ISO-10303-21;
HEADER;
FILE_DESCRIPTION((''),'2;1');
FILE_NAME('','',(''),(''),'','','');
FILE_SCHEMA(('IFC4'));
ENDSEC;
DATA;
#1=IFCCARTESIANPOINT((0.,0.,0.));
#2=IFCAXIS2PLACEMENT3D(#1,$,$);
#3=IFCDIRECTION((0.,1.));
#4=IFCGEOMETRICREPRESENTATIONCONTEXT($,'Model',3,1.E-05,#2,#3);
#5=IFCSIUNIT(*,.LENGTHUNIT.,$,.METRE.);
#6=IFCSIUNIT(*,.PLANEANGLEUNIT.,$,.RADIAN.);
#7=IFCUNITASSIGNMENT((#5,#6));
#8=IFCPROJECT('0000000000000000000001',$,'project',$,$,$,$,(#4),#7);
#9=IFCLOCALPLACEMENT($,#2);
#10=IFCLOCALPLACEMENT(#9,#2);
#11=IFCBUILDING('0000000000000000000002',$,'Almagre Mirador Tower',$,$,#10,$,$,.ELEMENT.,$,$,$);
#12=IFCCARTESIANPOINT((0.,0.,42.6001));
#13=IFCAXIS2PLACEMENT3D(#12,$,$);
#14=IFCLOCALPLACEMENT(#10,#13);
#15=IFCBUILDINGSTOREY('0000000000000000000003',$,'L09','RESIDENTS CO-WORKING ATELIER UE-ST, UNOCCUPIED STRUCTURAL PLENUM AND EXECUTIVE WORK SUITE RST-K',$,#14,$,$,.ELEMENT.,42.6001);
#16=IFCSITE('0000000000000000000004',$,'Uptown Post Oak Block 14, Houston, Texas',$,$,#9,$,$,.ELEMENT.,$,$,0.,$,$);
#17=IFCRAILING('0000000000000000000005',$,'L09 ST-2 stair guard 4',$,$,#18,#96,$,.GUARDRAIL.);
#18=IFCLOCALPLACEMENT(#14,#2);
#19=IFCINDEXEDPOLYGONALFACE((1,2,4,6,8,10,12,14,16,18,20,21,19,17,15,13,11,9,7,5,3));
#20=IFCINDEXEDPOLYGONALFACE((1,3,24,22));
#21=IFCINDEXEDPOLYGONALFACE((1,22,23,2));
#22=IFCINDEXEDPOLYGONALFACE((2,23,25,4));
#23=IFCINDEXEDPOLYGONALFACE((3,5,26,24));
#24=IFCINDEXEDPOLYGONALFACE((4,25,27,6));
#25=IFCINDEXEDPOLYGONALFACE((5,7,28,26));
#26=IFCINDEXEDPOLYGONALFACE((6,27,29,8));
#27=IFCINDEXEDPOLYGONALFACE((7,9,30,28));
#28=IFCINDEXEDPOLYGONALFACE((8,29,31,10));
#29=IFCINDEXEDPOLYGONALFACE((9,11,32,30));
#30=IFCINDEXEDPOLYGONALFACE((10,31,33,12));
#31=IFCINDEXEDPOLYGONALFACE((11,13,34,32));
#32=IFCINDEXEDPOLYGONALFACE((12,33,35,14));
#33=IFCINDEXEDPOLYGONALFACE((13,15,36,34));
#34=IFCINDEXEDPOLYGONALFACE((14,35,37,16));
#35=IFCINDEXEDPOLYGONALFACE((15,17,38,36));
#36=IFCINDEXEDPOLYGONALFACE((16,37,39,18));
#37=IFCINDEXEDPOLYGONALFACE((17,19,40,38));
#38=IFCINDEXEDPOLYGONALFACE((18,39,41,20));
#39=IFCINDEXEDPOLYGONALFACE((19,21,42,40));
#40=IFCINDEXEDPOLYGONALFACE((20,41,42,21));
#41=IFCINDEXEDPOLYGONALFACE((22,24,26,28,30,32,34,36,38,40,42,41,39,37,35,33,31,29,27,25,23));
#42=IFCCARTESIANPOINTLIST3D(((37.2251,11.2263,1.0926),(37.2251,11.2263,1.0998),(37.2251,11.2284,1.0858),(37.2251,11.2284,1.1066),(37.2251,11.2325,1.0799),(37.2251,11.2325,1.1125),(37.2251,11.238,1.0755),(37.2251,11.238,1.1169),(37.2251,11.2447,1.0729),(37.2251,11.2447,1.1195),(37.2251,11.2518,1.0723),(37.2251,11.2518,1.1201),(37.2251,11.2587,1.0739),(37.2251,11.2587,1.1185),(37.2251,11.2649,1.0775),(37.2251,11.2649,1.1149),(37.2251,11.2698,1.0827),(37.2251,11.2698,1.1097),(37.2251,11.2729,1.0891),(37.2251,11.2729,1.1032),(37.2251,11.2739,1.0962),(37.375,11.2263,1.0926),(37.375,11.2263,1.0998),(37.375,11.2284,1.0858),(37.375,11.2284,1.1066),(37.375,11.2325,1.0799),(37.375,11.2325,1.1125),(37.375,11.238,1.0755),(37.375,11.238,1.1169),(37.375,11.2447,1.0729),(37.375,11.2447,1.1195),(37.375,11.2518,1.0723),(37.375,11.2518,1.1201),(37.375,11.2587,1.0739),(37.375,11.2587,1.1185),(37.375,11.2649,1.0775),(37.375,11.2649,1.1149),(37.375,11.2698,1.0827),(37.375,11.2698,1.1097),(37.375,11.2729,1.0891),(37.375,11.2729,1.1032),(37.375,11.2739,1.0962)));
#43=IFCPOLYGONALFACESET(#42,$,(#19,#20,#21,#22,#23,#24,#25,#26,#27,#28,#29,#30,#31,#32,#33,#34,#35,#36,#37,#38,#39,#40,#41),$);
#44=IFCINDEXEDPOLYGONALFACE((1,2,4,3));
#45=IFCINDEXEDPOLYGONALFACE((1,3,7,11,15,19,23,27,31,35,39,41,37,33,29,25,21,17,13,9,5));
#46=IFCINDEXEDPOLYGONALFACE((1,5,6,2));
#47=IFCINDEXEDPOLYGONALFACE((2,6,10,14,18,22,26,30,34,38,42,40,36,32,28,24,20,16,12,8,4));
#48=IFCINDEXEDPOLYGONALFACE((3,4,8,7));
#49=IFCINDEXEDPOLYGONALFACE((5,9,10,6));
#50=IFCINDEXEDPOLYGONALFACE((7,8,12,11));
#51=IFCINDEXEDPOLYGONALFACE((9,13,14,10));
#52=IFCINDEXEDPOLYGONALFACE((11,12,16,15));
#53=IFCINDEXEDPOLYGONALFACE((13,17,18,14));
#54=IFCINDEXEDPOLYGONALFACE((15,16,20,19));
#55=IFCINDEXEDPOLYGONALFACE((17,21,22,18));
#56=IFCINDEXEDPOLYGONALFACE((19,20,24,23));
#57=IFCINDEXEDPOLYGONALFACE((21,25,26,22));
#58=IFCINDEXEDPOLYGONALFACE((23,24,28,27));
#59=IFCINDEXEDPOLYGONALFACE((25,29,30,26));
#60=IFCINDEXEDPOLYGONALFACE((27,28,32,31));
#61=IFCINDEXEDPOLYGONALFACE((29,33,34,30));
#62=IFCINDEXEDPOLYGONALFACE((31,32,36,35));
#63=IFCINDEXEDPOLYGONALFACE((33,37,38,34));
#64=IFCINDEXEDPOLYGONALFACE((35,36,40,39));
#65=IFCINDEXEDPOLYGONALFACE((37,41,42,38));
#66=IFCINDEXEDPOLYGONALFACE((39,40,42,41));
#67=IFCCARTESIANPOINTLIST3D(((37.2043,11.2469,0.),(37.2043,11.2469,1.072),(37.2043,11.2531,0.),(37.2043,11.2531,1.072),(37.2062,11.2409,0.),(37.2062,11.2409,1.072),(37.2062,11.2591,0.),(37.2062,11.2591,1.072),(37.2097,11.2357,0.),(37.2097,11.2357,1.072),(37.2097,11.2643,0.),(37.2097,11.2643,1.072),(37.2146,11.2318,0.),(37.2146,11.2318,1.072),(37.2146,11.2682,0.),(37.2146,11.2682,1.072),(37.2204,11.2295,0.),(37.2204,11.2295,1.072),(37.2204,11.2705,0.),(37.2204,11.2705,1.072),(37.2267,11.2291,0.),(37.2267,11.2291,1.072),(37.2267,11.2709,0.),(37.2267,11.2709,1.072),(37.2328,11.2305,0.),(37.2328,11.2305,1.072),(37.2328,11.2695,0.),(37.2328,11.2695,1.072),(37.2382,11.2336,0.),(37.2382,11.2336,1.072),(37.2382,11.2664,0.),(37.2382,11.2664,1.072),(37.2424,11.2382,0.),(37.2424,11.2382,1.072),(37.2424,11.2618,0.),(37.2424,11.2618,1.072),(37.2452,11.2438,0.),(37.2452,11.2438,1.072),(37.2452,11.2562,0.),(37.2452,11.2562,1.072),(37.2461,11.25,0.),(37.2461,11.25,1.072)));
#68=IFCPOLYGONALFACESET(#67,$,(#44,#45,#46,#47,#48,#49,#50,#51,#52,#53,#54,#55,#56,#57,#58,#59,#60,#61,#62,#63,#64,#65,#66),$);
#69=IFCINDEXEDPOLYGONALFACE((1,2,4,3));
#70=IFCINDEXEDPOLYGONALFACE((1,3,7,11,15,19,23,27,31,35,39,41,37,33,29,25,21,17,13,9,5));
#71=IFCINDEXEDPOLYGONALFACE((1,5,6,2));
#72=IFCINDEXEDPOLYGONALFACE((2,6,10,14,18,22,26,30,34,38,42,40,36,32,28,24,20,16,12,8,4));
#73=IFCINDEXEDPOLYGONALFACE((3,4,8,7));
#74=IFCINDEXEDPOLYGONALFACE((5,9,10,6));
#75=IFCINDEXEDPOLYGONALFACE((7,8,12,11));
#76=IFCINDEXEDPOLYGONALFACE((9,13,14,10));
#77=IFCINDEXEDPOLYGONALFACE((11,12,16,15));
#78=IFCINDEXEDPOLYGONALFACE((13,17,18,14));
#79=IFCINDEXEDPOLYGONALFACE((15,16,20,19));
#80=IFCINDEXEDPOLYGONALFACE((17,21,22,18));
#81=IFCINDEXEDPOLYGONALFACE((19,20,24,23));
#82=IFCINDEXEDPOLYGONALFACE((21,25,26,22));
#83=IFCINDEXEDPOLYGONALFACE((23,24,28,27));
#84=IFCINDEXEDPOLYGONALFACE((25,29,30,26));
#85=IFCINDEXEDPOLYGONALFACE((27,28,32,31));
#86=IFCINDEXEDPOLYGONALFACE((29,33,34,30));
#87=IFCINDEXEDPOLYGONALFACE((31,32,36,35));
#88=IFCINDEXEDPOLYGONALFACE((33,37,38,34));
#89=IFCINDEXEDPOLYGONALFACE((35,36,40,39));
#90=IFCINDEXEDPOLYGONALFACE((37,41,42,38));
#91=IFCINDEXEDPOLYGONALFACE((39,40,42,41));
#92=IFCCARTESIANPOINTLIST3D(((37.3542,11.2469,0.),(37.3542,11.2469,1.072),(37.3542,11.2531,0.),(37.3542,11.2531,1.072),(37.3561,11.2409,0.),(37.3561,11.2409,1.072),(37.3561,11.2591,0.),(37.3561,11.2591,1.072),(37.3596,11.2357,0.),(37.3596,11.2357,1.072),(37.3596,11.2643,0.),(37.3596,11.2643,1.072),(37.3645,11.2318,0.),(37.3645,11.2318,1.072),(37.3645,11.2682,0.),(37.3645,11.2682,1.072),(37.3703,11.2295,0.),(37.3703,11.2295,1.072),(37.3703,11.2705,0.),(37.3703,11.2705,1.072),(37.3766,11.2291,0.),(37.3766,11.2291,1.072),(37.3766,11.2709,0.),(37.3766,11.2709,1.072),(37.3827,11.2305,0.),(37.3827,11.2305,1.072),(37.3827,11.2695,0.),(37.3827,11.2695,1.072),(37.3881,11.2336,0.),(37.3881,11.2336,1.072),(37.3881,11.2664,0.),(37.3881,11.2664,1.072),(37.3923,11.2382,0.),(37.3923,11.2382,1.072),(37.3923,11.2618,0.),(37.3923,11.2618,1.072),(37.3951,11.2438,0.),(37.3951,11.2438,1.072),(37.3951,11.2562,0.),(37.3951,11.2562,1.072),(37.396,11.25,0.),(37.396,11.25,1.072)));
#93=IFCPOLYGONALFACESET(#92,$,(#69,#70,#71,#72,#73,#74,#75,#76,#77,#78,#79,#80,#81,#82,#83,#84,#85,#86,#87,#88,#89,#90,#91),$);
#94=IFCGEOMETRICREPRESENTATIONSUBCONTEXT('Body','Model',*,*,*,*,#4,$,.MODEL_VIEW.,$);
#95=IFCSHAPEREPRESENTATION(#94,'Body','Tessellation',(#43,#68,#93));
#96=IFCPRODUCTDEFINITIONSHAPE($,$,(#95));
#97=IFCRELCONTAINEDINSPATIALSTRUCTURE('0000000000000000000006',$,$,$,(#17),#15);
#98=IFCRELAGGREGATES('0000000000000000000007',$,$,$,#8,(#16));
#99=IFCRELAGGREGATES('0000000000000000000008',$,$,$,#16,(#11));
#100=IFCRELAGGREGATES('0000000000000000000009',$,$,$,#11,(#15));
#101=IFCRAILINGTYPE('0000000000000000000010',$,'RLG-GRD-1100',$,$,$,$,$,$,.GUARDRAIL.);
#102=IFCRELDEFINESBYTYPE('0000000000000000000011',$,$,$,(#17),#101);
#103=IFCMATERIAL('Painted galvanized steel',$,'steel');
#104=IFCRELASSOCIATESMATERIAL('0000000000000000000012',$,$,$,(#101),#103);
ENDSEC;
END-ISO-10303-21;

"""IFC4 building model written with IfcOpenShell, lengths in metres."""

from ifc_helpers import new_model, si_unit, direction, frame, origin, origin_2d, place, context, subcontext, project, spatial, circle, extrude, material, type_object, element, save


model = new_model("IFC4")

# Units and contexts
model_context = context("Model", 3, precision=1e-05, world=origin(), true_north=direction((0.0, 1.0)))
body_context = subcontext(model_context, "Body", "Model", "MODEL_VIEW")
ifc_project = project(units=[si_unit("LENGTHUNIT", "METRE"), si_unit("PLANEANGLEUNIT", "RADIAN")], contexts=[model_context])

# Site, building, storey
site_placement = place(None, origin())
site = spatial("IfcSite", under=ifc_project, at=site_placement, Name="Uptown Post Oak Block 14, Houston, Texas", CompositionType="ELEMENT", RefElevation=0.0)
building_placement = place(site_placement, origin())
building = spatial("IfcBuilding", under=site, at=building_placement, Name="Almagre Mirador Tower", CompositionType="ELEMENT")
storey_placement = place(building_placement, frame((0.0, 0.0, 42.6001)))
storey = spatial("IfcBuildingStorey", under=building, at=storey_placement, Name="L09", Description="RESIDENTS CO-WORKING ATELIER UE-ST, UNOCCUPIED STRUCTURAL PLENUM AND EXECUTIVE WORK SUITE RST-K", CompositionType="ELEMENT", Elevation=42.6001)

# Railing
ifc_material_1 = material(Name="Painted galvanized steel", Category="steel")
railing_type_1 = type_object("IfcRailingType", Name="RLG-GRD-1100", PredefinedType="GUARDRAIL", material=ifc_material_1)
railing_1_placement = place(storey_placement, frame((37.2251, 11.25, 0.0)))
element("IfcRailing", 1, at=railing_1_placement, inside=storey, type_object=railing_type_1, Name="L09 ST-2 stair guard 4", PredefinedType="GUARDRAIL", context=body_context, shape_type="SweptSolid", body=[
    extrude(circle(Radius=0.0239, at=origin_2d()), frame((0.0, 0.0, 1.0962), z_axis=(1.0, 0.0, 0.0), x_axis=(0.0, 1.0, 0.0)), (0.0, 0.0, 1.0), 0.1499),
    extrude(circle(Radius=0.021, at=origin_2d()), origin(), (0.0, 0.0, 1.0), 1.072),
    extrude(circle(Radius=0.021, at=origin_2d()), frame((0.1499, 0.0, 0.0)), (0.0, 0.0, 1.0), 1.072),
])

save(model, "model.ifc")
